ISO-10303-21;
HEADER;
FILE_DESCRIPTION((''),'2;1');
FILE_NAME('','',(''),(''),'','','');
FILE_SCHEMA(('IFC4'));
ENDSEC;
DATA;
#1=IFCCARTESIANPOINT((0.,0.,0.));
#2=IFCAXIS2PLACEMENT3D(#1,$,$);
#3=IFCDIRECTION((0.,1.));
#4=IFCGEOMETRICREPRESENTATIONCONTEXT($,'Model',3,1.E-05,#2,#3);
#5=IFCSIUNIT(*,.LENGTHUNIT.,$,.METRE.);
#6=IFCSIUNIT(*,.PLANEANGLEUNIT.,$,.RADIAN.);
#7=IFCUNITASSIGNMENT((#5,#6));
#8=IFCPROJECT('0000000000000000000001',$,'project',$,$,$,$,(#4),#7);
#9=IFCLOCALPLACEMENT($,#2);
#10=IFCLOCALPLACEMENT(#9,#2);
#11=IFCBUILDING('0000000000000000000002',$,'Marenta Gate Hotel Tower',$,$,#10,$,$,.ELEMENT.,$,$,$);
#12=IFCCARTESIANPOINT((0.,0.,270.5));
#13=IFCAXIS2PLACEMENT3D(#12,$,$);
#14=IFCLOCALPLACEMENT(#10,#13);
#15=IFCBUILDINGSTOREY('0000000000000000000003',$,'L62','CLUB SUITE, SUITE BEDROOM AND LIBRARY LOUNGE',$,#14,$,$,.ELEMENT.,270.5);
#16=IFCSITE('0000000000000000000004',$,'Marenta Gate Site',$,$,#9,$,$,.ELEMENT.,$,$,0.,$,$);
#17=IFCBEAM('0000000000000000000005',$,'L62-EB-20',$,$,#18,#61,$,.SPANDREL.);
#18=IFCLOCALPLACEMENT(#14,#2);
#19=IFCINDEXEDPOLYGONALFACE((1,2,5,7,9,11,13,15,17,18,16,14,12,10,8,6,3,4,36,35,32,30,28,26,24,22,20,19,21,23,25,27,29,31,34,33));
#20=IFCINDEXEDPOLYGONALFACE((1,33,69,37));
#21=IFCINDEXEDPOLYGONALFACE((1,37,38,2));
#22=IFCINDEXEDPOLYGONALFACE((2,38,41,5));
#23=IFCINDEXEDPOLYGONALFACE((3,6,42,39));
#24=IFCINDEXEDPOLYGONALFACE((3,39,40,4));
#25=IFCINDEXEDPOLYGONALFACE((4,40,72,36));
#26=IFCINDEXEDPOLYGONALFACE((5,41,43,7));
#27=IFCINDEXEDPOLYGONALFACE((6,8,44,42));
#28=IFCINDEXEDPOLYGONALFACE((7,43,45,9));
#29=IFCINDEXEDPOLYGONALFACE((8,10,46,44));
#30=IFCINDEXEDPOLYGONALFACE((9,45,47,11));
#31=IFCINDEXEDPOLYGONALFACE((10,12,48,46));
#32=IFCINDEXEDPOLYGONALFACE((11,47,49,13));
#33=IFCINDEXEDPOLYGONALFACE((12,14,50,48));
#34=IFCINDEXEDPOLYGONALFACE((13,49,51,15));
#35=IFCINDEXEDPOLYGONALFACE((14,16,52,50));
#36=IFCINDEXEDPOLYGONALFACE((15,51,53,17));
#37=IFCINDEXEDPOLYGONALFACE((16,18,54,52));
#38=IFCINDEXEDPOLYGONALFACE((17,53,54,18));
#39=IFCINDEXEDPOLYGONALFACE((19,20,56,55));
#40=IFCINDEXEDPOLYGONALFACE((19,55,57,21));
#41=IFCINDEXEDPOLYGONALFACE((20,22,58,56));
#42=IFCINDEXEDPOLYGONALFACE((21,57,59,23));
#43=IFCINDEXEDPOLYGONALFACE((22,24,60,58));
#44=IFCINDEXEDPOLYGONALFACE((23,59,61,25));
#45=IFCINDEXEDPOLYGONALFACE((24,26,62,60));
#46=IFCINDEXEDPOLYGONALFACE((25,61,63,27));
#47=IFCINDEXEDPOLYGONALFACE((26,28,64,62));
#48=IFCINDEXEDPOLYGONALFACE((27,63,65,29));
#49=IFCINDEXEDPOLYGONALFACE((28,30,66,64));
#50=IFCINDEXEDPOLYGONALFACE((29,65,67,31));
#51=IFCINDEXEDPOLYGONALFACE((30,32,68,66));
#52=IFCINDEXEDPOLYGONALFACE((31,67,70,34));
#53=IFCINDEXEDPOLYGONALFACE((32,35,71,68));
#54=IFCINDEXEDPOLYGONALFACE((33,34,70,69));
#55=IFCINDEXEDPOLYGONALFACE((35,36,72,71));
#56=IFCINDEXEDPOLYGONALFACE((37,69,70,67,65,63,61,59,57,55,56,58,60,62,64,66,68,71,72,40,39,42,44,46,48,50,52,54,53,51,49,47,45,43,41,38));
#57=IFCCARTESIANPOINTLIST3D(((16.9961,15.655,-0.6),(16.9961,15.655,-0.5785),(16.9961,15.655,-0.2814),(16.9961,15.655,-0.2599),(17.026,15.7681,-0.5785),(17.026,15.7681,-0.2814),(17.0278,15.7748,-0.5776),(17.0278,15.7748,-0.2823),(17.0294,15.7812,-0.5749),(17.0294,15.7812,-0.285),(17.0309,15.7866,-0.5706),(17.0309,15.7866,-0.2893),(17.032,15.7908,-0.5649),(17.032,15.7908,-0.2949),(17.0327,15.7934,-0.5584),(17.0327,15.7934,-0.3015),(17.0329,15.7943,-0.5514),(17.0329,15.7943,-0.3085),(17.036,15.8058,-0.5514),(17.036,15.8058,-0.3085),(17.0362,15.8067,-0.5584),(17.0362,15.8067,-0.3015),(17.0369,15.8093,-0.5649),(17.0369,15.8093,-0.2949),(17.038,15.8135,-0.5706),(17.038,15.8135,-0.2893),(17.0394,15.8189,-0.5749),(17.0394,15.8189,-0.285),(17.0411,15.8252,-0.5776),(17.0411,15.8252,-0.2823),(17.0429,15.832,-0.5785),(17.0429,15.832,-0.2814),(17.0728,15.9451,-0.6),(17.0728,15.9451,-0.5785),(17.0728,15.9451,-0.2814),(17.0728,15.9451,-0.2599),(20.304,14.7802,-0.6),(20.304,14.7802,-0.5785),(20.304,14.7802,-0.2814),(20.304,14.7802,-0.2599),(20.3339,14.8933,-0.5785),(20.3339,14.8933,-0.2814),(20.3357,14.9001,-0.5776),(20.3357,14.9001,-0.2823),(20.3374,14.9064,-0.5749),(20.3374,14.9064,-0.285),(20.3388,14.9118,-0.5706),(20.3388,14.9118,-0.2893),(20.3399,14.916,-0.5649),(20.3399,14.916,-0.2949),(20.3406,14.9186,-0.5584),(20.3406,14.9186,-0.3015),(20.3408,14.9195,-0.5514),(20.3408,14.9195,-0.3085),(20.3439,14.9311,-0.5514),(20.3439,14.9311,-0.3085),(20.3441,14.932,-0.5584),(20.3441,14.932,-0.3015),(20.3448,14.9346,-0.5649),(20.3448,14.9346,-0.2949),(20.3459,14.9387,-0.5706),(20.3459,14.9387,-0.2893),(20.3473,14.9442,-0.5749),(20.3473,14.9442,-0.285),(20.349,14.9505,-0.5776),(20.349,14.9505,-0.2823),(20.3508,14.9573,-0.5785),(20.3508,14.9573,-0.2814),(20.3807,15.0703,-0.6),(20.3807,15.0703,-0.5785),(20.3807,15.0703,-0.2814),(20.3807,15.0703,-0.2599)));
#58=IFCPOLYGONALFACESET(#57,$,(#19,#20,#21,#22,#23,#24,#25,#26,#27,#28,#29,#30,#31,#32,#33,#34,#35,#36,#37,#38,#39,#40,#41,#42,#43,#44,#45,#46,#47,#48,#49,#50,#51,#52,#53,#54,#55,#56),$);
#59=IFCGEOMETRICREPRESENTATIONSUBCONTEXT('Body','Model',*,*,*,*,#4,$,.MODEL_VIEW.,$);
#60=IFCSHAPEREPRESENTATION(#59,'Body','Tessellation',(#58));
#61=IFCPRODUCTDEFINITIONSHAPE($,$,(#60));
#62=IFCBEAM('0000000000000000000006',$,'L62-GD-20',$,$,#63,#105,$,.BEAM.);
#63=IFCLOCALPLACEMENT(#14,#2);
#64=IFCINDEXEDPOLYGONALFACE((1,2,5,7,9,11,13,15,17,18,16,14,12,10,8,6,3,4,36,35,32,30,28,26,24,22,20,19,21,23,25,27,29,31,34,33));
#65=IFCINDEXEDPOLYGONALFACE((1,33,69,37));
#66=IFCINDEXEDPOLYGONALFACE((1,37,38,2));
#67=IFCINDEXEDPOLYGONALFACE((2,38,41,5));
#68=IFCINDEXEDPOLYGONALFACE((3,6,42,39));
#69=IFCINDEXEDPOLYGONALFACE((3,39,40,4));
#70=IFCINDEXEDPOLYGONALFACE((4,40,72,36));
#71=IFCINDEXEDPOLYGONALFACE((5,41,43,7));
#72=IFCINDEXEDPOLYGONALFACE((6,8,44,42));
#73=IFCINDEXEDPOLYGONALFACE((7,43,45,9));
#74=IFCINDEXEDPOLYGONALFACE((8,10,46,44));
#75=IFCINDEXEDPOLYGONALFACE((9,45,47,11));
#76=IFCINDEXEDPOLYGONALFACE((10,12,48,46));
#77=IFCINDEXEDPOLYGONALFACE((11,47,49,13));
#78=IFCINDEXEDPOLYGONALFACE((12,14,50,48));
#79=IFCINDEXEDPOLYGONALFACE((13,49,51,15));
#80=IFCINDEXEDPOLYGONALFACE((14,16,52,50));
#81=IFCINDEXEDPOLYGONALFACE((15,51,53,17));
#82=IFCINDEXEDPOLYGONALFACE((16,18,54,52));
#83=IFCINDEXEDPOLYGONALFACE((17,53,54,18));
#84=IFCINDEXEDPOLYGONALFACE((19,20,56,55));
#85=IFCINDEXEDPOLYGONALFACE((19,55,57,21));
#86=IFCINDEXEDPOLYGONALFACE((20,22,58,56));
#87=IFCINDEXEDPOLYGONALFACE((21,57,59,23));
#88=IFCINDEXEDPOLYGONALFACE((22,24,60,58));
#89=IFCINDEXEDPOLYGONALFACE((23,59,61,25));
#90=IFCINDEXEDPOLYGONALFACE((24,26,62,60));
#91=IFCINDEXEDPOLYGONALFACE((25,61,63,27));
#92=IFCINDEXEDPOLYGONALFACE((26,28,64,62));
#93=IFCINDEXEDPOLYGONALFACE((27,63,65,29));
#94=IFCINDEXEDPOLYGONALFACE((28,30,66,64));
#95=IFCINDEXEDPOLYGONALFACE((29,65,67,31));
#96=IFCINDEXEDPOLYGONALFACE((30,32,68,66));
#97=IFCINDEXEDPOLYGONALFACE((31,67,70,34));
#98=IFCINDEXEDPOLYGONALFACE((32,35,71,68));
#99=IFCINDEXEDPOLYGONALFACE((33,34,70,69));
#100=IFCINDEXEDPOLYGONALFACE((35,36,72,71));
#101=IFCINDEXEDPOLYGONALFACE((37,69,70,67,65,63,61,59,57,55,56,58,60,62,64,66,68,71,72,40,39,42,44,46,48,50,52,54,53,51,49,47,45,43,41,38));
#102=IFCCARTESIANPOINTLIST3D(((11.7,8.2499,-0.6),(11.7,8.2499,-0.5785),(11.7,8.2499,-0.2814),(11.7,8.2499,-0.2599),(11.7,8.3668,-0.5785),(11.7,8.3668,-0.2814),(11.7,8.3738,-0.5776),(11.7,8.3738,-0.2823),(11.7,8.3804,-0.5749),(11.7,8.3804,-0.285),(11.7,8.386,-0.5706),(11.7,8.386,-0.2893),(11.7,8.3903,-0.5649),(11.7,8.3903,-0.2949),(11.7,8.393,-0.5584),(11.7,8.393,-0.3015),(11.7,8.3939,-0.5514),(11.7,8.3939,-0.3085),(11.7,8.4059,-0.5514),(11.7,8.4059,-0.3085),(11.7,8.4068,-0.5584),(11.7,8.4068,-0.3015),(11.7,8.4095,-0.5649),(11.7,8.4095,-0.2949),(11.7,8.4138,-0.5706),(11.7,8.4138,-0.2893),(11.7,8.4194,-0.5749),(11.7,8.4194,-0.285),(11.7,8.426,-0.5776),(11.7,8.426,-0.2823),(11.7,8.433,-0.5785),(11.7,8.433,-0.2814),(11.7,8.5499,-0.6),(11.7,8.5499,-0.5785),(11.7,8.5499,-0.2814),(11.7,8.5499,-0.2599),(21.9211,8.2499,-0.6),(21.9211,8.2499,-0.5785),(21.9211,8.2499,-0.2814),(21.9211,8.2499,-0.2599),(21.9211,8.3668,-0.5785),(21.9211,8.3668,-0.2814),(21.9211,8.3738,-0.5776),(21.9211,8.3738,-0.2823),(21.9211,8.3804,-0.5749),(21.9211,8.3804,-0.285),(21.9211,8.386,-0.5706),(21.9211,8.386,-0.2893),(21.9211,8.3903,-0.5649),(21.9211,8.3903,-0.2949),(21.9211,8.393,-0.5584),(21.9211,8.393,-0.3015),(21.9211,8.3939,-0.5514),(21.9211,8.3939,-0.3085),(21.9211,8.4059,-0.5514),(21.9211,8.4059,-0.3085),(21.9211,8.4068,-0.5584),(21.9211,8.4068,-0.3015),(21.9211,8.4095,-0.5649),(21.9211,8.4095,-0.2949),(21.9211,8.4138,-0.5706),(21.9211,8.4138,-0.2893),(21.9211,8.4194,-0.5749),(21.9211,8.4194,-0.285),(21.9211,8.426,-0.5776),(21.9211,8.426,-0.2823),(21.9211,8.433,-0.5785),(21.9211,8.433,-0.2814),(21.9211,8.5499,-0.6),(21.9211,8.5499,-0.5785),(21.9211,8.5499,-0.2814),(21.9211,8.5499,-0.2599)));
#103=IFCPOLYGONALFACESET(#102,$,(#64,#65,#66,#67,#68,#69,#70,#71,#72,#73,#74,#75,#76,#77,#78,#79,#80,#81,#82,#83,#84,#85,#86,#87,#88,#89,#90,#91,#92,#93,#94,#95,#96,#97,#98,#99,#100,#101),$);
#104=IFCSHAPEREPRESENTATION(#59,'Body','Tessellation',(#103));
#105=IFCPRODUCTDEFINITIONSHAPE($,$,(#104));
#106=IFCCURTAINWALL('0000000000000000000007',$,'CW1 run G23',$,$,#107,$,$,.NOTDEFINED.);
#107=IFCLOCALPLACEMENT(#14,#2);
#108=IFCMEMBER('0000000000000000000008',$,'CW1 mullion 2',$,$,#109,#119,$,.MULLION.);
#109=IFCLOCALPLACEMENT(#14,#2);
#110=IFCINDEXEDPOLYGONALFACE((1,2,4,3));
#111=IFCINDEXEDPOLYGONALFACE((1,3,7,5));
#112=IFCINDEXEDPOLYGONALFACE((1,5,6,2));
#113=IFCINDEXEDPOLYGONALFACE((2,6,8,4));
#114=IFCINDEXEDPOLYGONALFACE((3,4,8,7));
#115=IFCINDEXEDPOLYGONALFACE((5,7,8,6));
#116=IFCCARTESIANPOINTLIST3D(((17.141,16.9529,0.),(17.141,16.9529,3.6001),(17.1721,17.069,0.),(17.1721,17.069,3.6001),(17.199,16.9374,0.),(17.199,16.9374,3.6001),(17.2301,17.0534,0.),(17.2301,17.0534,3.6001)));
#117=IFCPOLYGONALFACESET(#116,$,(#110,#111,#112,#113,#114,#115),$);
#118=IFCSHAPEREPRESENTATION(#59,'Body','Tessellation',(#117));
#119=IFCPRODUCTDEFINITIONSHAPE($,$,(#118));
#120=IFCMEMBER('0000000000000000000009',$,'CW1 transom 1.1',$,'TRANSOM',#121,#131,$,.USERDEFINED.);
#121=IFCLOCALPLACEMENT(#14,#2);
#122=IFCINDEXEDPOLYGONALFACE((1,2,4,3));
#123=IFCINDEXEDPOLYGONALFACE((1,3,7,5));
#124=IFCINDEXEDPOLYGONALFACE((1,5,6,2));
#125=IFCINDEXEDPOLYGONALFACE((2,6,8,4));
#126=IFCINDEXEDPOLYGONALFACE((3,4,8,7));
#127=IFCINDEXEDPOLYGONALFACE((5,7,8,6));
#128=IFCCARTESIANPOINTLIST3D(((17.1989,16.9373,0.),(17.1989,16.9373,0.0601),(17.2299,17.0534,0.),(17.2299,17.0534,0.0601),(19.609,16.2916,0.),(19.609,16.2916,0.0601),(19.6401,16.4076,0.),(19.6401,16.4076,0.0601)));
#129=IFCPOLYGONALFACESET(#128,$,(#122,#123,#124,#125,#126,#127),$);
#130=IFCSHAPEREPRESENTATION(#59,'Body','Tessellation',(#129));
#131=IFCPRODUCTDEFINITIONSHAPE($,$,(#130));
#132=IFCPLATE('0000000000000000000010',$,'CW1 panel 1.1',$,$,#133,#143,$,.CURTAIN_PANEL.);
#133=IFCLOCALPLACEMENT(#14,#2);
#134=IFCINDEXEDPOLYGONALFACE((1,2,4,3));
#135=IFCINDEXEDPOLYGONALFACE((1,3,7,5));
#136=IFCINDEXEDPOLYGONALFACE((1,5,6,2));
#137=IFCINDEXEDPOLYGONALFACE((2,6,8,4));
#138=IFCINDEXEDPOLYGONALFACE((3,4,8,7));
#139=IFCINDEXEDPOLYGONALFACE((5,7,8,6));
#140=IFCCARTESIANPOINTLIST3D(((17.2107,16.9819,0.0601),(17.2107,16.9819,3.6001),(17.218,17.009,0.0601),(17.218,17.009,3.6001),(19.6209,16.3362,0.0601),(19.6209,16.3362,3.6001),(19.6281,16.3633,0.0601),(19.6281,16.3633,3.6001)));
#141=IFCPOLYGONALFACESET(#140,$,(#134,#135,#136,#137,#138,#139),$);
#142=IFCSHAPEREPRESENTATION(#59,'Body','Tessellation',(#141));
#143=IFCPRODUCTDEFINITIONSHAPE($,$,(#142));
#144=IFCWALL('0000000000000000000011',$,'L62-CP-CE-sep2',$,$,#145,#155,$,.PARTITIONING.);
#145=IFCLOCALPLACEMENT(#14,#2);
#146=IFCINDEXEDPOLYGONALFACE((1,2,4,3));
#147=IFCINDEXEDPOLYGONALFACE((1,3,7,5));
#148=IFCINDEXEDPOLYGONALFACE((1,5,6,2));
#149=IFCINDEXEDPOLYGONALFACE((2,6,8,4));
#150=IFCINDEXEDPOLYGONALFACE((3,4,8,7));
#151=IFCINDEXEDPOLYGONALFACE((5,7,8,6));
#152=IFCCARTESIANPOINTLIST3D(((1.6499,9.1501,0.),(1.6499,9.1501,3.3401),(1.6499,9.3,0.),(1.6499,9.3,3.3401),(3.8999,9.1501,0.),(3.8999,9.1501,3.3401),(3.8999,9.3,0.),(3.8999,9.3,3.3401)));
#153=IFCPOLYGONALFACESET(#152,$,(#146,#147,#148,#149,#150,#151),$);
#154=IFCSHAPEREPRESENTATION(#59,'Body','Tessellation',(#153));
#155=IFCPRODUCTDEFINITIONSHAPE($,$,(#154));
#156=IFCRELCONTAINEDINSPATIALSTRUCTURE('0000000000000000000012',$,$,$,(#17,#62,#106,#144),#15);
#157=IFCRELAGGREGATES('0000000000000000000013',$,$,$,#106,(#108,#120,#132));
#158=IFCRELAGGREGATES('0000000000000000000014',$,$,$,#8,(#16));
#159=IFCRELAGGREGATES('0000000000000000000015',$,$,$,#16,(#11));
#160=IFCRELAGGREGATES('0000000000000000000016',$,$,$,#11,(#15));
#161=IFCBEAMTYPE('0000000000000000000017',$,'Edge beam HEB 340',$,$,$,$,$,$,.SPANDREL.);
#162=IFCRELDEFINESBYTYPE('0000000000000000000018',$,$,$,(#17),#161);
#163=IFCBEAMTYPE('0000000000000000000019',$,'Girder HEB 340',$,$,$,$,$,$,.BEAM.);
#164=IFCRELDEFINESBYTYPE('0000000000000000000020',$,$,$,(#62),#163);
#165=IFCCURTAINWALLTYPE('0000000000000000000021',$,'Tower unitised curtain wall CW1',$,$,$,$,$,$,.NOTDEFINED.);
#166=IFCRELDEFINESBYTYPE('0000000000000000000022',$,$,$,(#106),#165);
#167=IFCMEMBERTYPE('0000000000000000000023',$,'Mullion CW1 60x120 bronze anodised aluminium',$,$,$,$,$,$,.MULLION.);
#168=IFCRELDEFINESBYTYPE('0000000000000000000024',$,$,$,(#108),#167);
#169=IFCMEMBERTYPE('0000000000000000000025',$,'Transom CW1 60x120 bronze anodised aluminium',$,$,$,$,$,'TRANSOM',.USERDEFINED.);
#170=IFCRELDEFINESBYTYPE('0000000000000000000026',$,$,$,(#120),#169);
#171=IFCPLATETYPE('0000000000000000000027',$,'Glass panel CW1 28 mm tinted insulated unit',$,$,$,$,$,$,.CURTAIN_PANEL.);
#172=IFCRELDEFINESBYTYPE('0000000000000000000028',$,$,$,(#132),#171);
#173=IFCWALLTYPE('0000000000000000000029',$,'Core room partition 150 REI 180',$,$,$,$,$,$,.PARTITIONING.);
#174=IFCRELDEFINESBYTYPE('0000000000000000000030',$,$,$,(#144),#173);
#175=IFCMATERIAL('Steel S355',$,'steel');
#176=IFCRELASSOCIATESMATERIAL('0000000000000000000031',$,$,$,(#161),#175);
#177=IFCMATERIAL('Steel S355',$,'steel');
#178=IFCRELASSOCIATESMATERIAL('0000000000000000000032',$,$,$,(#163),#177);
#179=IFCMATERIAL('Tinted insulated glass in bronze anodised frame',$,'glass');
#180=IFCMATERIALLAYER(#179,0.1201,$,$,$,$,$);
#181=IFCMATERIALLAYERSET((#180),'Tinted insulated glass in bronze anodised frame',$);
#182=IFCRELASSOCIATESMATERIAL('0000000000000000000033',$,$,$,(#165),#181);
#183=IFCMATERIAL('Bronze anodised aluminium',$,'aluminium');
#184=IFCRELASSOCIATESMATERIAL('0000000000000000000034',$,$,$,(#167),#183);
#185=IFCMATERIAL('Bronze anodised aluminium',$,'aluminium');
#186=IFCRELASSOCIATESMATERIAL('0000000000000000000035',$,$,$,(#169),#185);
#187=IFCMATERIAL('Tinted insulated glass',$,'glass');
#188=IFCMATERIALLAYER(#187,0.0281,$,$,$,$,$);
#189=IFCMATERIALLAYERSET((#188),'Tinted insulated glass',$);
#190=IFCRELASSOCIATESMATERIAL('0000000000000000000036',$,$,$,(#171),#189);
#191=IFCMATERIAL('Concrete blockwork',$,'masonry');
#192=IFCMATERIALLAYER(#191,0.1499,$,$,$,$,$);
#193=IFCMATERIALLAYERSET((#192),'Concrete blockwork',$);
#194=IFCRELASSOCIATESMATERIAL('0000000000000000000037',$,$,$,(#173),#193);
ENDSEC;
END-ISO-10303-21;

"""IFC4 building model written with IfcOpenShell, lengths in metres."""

from ifc_helpers import new_model, si_unit, direction, frame, frame_2d, origin, origin_2d, place, context, subcontext, project, spatial, rectangle, i_section, extrude, material, layer, layer_set, material_profile, profile_set, type_object, element, aggregate, save


model = new_model("IFC4")

# Units and contexts
model_context = context("Model", 3, precision=1e-05, world=origin(), true_north=direction((0.0, 1.0)))
body_context = subcontext(model_context, "Body", "Model", "MODEL_VIEW")
ifc_project = project(units=[si_unit("LENGTHUNIT", "METRE"), si_unit("PLANEANGLEUNIT", "RADIAN")], contexts=[model_context])

# Site, building, storey
site_placement = place(None, origin())
site = spatial("IfcSite", under=ifc_project, at=site_placement, Name="Marenta Gate Site", CompositionType="ELEMENT", RefElevation=0.0)
building_placement = place(site_placement, origin())
building = spatial("IfcBuilding", under=site, at=building_placement, Name="Marenta Gate Hotel Tower", CompositionType="ELEMENT")
storey_placement = place(building_placement, frame((0.0, 0.0, 270.5)))
storey = spatial("IfcBuildingStorey", under=building, at=storey_placement, Name="L62", Description="CLUB SUITE, SUITE BEDROOM AND LIBRARY LOUNGE", CompositionType="ELEMENT", Elevation=270.5)

# Beams
ifc_material_1 = material(Name="Steel S355", Category="steel")
ifc_material_profile_1 = material_profile(ifc_material_1, i_section(OverallWidth=0.3, OverallDepth=0.3401, WebThickness=0.012, FlangeThickness=0.0215, FilletRadius=0.0271, at=origin_2d()), Name="HEB 340")
ifc_profile_set_1 = profile_set([ifc_material_profile_1], Name="Steel S355")
beam_type_1 = type_object("IfcBeamType", Name="Edge beam HEB 340", PredefinedType="SPANDREL", material=ifc_profile_set_1)
beam_1_placement = place(storey_placement, frame((17.0344, 15.8, -0.4299), z_axis=(0.966767, -0.255659, 0.0), x_axis=(0.255659, 0.966767, 0.0)))
element("IfcBeam", 1, at=beam_1_placement, inside=storey, type_object=beam_type_1, Name="L62-EB-20", PredefinedType="SPANDREL", context=body_context, shape_type="SweptSolid", body=[
    extrude(i_section(OverallWidth=0.3, OverallDepth=0.3401, WebThickness=0.012, FlangeThickness=0.0215, FilletRadius=0.0271, at=origin_2d()), origin(), (0.0, 0.0, 1.0), 3.4216),
])
ifc_material_2 = material(Name="Steel S355", Category="steel")
ifc_material_profile_2 = material_profile(ifc_material_2, i_section(OverallWidth=0.3, OverallDepth=0.3401, WebThickness=0.012, FlangeThickness=0.0215, FilletRadius=0.0271, at=origin_2d()), Name="HEB 340")
ifc_profile_set_2 = profile_set([ifc_material_profile_2], Name="Steel S355")
beam_type_2 = type_object("IfcBeamType", Name="Girder HEB 340", PredefinedType="BEAM", material=ifc_profile_set_2)
beam_2_placement = place(storey_placement, frame((11.7, 8.3999, -0.4299), z_axis=(1.0, 0.0, 0.0), x_axis=(0.0, 1.0, 0.0)))
element("IfcBeam", 2, at=beam_2_placement, inside=storey, type_object=beam_type_2, Name="L62-GD-20", PredefinedType="BEAM", context=body_context, shape_type="SweptSolid", body=[
    extrude(i_section(OverallWidth=0.3, OverallDepth=0.3401, WebThickness=0.012, FlangeThickness=0.0215, FilletRadius=0.0271, at=origin_2d()), origin(), (0.0, 0.0, 1.0), 10.2212),
])

# Curtain wall, members, plate
ifc_material_3 = material(Name="Tinted insulated glass in bronze anodised frame", Category="glass")
ifc_layer_1 = layer(ifc_material_3, 0.1201)
ifc_layer_set_1 = layer_set([ifc_layer_1], Name="Tinted insulated glass in bronze anodised frame")
curtain_wall_type = type_object("IfcCurtainWallType", Name="Tower unitised curtain wall CW1", PredefinedType="NOTDEFINED", material=ifc_layer_set_1)
curtain_wall_placement = place(storey_placement, origin())
curtain_wall = element("IfcCurtainWall", 3, at=curtain_wall_placement, inside=storey, type_object=curtain_wall_type, Name="CW1 run G23", PredefinedType="NOTDEFINED")
ifc_material_4 = material(Name="Bronze anodised aluminium", Category="aluminium")
ifc_material_profile_3 = material_profile(ifc_material_4, rectangle(XDim=0.1201, YDim=0.0601, at=origin_2d()), Name="Mullion CW1 60x120 bronze anodised aluminium")
ifc_profile_set_3 = profile_set([ifc_material_profile_3], Name="Bronze anodised aluminium")
member_type_1 = type_object("IfcMemberType", Name="Mullion CW1 60x120 bronze anodised aluminium", PredefinedType="MULLION", material=ifc_profile_set_3)
member_1_placement = place(storey_placement, frame((17.1855, 17.0032, 0.0), z_axis=(0.0, 0.0, 1.0), x_axis=(-0.258805, -0.96593, 0.0)))
member_1 = element("IfcMember", 4, at=member_1_placement, type_object=member_type_1, Name="CW1 mullion 2", PredefinedType="MULLION", context=body_context, shape_type="SweptSolid", body=[
    extrude(rectangle(XDim=0.1201, YDim=0.0601, at=origin_2d()), origin(), (0.0, 0.0, 1.0), 3.6001),
])
ifc_material_5 = material(Name="Bronze anodised aluminium", Category="aluminium")
ifc_material_profile_4 = material_profile(ifc_material_5, rectangle(XDim=0.1201, YDim=0.0601, at=origin_2d()), Name="Transom CW1 60x120 bronze anodised aluminium")
ifc_profile_set_4 = profile_set([ifc_material_profile_4], Name="Bronze anodised aluminium")
member_type_2 = type_object("IfcMemberType", Name="Transom CW1 60x120 bronze anodised aluminium", ElementType="TRANSOM", PredefinedType="USERDEFINED", material=ifc_profile_set_4)
member_2_placement = place(storey_placement, frame((19.6245, 16.3496, 0.03), z_axis=(-0.965931, 0.258801, 0.0), x_axis=(-0.258801, -0.965931, 0.0)))
member_2 = element("IfcMember", 5, at=member_2_placement, type_object=member_type_2, Name="CW1 transom 1.1", ObjectType="TRANSOM", PredefinedType="USERDEFINED", context=body_context, shape_type="SweptSolid", body=[
    extrude(rectangle(XDim=0.1201, YDim=0.0601, at=origin_2d()), origin(), (0.0, 0.0, 1.0), 2.4951),
])
ifc_material_6 = material(Name="Tinted insulated glass", Category="glass")
ifc_layer_2 = layer(ifc_material_6, 0.0281)
ifc_layer_set_2 = layer_set([ifc_layer_2], Name="Tinted insulated glass")
plate_type = type_object("IfcPlateType", Name="Glass panel CW1 28 mm tinted insulated unit", PredefinedType="CURTAIN_PANEL", material=ifc_layer_set_2)
plate_placement = place(storey_placement, frame((18.4194, 16.6726, 0.0601), z_axis=(0.0, 0.0, 1.0), x_axis=(-0.96593, 0.258805, 0.0)))
plate = element("IfcPlate", 6, at=plate_placement, type_object=plate_type, Name="CW1 panel 1.1", PredefinedType="CURTAIN_PANEL", context=body_context, shape_type="SweptSolid", body=[
    extrude(rectangle(XDim=2.4951, YDim=0.0281, at=origin_2d()), origin(), (0.0, 0.0, 1.0), 3.54),
])
aggregate(curtain_wall, [member_1, member_2, plate])

# Wall
ifc_material_7 = material(Name="Concrete blockwork", Category="masonry")
ifc_layer_3 = layer(ifc_material_7, 0.1499)
ifc_layer_set_3 = layer_set([ifc_layer_3], Name="Concrete blockwork")
wall_type_1 = type_object("IfcWallType", Name="Core room partition 150 REI 180", PredefinedType="PARTITIONING", material=ifc_layer_set_3)
wall_1_placement = place(storey_placement, frame((1.6499, 9.2251, 0.0), z_axis=(0.0, 0.0, 1.0), x_axis=(1.0, 0.0, 0.0)))
element("IfcWall", 7, at=wall_1_placement, inside=storey, type_object=wall_type_1, Name="L62-CP-CE-sep2", PredefinedType="PARTITIONING", context=body_context, shape_type="SweptSolid", body=[
    extrude(rectangle(XDim=2.25, YDim=0.1499, at=frame_2d((1.125, 0.0))), origin(), (0.0, 0.0, 1.0), 3.3401),
])

save(model, "model.ifc")
